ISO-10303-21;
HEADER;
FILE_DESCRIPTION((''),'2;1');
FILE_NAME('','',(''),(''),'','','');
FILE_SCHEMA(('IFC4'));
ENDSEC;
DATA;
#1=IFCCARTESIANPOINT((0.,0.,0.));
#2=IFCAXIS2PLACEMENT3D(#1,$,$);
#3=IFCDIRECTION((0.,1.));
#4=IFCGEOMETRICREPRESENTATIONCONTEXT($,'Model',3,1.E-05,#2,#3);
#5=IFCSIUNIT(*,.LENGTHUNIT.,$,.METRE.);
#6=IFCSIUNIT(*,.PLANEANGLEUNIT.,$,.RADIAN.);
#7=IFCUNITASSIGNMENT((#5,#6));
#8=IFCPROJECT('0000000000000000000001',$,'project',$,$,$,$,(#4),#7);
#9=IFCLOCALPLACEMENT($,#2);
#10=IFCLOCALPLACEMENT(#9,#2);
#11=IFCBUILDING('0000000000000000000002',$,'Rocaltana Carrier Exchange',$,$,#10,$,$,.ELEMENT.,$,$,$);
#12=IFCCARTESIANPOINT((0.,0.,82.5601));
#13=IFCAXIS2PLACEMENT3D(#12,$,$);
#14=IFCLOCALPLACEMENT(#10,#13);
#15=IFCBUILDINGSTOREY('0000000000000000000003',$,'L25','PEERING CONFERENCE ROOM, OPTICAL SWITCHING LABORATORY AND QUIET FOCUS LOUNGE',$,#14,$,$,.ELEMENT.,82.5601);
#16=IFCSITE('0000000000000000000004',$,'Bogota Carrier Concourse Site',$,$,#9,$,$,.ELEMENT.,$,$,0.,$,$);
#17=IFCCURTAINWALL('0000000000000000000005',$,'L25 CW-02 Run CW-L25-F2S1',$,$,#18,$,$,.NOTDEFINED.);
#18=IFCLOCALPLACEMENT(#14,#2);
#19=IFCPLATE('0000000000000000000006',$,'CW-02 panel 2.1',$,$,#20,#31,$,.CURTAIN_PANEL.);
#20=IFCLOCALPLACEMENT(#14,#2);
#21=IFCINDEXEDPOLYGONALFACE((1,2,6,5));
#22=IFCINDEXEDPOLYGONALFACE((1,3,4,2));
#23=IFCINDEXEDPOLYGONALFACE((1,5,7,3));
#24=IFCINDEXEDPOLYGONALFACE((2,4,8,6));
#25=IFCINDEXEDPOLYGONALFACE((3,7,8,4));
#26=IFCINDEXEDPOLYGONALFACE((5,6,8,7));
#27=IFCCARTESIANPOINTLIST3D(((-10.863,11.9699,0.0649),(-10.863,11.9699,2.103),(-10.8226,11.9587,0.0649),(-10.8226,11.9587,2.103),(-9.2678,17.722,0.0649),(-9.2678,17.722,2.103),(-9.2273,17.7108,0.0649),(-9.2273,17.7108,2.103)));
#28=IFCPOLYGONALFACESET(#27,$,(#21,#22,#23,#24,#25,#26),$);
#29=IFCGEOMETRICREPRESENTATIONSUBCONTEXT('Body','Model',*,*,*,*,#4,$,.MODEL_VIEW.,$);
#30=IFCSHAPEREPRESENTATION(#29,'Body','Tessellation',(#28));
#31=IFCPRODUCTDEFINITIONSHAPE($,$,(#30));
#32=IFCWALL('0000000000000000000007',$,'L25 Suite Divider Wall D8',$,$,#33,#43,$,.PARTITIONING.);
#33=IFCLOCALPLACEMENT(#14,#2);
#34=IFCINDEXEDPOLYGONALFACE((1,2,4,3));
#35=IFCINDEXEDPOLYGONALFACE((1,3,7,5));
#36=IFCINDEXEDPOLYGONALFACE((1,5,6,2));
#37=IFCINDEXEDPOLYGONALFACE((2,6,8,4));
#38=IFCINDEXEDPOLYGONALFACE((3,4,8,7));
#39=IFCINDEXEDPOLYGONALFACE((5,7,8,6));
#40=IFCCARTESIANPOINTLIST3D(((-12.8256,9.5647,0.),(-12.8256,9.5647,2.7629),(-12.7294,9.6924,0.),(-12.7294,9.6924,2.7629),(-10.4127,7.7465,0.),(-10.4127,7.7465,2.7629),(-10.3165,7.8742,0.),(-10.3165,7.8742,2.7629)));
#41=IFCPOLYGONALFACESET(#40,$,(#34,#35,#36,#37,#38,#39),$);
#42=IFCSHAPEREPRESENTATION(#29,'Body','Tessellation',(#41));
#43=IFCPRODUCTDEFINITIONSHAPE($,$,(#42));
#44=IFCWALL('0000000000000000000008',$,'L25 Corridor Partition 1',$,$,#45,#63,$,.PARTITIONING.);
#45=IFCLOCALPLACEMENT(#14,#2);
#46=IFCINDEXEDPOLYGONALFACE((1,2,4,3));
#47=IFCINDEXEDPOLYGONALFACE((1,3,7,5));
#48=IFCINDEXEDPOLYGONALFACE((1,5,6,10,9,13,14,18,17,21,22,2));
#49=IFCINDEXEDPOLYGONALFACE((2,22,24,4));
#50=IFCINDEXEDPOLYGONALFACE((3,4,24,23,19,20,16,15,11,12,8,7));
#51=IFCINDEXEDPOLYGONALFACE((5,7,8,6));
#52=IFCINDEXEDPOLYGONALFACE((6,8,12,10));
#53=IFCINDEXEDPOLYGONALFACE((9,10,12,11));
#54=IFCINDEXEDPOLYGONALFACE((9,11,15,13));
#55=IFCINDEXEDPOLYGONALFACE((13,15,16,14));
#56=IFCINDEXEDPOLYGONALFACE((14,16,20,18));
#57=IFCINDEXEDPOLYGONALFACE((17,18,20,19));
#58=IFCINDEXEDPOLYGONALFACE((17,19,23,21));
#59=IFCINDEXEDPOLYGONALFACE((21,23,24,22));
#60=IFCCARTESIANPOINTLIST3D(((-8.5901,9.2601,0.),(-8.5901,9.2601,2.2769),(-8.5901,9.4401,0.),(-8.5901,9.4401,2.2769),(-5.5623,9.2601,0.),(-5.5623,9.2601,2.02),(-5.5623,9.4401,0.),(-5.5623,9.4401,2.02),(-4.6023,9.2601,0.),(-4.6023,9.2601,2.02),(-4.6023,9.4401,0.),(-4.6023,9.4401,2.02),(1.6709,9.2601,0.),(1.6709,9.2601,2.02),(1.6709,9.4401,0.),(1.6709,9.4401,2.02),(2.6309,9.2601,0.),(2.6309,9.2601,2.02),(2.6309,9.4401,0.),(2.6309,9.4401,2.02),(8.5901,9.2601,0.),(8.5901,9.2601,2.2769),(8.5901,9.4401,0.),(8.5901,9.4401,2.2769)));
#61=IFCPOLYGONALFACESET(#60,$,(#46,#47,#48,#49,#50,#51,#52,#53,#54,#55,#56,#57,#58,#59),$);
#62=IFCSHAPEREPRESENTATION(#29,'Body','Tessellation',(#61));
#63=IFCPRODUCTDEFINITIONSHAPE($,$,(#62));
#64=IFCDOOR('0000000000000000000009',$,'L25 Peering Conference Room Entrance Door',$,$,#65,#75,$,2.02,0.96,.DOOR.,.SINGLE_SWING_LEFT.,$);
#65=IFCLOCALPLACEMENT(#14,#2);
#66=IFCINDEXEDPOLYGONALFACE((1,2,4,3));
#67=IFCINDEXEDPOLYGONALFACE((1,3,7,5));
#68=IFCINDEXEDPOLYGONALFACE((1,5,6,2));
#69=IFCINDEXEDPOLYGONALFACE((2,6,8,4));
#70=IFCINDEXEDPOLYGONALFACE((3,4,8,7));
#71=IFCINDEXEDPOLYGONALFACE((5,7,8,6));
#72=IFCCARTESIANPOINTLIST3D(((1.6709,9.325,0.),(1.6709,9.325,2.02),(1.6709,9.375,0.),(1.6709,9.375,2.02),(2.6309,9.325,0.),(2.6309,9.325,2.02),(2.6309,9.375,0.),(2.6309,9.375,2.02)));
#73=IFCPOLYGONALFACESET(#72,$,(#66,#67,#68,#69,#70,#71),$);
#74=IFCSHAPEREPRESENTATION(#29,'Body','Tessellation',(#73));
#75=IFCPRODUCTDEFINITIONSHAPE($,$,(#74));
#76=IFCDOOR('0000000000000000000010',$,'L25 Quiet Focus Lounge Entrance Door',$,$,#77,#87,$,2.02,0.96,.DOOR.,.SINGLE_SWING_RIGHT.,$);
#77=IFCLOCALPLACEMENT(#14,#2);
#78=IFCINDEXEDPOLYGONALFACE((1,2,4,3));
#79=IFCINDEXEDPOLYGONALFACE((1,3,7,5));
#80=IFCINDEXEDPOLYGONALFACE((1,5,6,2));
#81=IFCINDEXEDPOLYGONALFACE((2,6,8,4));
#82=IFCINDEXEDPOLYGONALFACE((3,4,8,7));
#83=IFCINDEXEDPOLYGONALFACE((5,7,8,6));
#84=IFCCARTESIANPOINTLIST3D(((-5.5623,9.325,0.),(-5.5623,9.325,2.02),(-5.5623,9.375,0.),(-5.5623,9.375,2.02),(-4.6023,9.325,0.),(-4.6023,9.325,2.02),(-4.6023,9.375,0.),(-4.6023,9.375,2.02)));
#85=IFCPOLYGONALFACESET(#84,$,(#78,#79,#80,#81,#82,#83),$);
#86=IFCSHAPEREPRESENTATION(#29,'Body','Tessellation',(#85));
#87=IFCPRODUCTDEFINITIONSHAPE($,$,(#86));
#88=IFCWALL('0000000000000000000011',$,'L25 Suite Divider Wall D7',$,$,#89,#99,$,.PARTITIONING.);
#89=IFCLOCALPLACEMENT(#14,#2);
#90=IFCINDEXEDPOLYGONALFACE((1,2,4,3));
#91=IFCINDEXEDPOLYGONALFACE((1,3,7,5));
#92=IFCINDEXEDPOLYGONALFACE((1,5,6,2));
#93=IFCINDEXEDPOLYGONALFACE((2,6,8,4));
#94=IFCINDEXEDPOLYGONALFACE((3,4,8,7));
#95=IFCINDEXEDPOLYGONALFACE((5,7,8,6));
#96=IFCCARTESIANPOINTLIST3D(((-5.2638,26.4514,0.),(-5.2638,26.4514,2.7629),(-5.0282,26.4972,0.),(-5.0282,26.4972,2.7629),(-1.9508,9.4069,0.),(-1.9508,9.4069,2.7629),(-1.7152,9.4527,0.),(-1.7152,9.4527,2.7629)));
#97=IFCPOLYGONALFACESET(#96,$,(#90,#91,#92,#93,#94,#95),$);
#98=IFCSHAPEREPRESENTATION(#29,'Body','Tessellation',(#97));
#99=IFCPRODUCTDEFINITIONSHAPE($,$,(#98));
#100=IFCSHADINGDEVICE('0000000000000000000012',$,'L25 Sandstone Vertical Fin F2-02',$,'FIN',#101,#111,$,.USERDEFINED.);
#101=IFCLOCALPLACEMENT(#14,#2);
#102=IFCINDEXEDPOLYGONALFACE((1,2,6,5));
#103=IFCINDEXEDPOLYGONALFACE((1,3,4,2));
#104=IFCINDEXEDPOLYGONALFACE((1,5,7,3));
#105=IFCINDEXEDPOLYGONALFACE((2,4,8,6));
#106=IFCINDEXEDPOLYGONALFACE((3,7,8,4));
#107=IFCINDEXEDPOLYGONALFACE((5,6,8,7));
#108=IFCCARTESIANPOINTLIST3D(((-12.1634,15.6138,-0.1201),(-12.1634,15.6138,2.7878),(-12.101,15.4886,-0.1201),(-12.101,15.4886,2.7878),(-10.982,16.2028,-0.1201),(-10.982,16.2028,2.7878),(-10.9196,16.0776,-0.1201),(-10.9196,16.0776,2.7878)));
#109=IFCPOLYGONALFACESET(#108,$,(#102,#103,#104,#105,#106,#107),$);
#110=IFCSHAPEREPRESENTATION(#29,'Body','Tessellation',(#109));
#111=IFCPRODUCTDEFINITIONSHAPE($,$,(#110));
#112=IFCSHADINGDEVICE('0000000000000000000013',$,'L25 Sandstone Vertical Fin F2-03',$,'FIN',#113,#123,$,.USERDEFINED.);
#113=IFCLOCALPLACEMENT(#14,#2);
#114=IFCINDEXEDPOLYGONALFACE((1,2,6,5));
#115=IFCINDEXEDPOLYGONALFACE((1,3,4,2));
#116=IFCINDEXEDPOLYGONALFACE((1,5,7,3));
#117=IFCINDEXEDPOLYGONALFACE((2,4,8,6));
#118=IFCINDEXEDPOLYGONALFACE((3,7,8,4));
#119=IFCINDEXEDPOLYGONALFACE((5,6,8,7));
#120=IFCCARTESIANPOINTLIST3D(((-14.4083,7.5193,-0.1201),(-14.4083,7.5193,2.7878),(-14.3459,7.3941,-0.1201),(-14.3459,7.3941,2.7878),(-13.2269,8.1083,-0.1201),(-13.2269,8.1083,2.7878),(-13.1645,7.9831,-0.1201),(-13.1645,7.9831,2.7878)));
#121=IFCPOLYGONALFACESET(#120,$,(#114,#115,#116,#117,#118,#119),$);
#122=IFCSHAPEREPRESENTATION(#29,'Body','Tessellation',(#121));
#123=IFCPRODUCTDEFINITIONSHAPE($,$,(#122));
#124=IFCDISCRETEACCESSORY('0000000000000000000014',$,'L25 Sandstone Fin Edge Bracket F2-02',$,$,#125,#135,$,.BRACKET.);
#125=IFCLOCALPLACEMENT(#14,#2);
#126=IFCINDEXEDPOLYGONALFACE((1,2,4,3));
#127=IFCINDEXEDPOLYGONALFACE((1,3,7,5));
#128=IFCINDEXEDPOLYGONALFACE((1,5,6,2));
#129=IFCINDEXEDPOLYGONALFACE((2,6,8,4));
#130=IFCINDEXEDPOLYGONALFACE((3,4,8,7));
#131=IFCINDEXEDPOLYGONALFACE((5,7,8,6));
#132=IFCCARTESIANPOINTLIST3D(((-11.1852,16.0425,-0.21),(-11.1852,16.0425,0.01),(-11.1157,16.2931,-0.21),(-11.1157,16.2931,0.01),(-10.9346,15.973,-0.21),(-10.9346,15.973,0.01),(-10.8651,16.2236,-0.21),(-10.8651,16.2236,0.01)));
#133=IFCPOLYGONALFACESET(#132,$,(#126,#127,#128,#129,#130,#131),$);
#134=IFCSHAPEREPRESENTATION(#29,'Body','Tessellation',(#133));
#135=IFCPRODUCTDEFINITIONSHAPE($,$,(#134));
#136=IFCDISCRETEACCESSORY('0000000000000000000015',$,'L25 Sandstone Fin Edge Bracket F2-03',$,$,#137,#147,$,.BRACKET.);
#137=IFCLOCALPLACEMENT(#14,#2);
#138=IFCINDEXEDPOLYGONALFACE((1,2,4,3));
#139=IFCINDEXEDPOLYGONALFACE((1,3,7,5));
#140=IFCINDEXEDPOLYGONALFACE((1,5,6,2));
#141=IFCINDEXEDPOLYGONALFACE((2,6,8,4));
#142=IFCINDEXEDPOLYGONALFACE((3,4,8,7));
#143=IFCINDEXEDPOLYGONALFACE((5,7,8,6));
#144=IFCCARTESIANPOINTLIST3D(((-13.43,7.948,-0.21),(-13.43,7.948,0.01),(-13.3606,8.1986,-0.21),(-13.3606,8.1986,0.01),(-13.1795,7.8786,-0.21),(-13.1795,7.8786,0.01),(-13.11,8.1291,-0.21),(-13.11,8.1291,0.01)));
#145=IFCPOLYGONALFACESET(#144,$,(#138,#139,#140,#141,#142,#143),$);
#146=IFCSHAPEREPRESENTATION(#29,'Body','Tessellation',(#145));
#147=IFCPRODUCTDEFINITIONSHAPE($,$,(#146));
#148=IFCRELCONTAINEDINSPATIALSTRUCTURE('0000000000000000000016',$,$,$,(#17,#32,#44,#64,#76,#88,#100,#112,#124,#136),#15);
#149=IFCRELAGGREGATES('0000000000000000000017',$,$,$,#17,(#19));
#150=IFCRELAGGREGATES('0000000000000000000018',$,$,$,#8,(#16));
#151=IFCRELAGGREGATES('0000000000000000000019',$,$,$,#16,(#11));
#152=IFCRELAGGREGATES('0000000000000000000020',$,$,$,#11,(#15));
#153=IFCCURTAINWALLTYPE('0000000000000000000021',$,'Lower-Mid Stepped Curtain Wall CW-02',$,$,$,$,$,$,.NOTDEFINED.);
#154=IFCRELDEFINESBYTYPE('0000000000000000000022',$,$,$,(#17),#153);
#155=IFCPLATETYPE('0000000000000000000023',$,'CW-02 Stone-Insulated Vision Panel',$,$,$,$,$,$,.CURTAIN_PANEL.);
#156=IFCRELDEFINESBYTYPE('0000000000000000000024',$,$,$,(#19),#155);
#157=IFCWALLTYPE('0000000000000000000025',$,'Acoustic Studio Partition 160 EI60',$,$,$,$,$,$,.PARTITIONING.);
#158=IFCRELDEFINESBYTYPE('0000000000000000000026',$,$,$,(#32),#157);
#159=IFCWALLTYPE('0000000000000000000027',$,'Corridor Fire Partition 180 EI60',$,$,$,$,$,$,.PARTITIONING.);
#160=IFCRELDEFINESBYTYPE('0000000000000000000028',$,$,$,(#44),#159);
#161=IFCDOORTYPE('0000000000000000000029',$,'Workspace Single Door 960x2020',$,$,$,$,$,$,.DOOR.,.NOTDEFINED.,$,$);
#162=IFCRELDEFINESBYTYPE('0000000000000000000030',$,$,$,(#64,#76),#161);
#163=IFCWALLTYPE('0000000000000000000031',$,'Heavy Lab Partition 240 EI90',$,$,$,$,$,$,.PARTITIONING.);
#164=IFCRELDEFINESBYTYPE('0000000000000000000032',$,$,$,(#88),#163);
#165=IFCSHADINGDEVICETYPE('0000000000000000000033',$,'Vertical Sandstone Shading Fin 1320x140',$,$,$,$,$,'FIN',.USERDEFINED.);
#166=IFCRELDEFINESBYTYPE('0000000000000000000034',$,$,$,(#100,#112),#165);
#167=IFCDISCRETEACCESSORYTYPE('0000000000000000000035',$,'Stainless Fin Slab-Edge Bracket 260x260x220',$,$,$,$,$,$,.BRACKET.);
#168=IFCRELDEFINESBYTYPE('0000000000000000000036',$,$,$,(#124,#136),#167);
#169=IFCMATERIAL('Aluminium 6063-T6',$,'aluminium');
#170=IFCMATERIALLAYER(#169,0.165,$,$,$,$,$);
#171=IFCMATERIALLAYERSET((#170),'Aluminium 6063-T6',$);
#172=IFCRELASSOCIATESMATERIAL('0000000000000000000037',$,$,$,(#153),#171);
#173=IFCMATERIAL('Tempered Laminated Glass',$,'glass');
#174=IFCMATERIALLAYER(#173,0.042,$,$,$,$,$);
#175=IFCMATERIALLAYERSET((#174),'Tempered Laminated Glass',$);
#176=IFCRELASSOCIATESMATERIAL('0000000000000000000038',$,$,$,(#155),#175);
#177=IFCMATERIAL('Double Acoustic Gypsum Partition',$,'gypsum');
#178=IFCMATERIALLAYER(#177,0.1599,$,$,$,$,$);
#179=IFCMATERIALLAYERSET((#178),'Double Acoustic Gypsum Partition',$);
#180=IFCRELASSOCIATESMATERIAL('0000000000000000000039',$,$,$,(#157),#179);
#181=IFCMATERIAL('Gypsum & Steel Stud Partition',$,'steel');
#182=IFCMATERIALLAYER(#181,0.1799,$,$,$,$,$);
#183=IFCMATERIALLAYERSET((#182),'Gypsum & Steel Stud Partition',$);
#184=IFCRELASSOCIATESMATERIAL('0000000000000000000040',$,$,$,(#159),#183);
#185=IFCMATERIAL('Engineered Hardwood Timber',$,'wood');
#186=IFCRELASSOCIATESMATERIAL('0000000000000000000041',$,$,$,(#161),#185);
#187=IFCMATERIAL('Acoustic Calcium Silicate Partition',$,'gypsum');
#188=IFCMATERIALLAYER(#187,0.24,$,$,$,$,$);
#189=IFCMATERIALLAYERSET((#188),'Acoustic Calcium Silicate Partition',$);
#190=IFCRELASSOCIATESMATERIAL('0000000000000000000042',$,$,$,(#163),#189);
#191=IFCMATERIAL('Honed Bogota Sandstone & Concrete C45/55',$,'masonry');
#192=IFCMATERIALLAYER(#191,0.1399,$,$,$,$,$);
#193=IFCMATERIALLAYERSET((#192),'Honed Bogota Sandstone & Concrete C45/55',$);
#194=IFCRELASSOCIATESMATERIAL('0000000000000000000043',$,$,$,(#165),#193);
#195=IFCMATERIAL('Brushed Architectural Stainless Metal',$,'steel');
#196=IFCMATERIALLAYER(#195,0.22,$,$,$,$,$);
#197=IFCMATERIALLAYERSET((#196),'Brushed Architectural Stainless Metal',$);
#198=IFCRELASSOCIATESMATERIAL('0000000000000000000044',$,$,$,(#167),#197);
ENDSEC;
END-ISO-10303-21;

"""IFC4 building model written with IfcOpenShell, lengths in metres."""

from ifc_helpers import new_model, si_unit, direction, frame, frame_2d, origin, origin_2d, place, context, subcontext, project, spatial, rectangle, extrude, material, layer, layer_set, type_object, element, fill, aggregate, save


model = new_model("IFC4")

# Units and contexts
model_context = context("Model", 3, precision=1e-05, world=origin(), true_north=direction((0.0, 1.0)))
body_context = subcontext(model_context, "Body", "Model", "MODEL_VIEW")
ifc_project = project(units=[si_unit("LENGTHUNIT", "METRE"), si_unit("PLANEANGLEUNIT", "RADIAN")], contexts=[model_context])

# Site, building, storey
site_placement = place(None, origin())
site = spatial("IfcSite", under=ifc_project, at=site_placement, Name="Bogota Carrier Concourse Site", CompositionType="ELEMENT", RefElevation=0.0)
building_placement = place(site_placement, origin())
building = spatial("IfcBuilding", under=site, at=building_placement, Name="Rocaltana Carrier Exchange", CompositionType="ELEMENT")
storey_placement = place(building_placement, frame((0.0, 0.0, 82.5601)))
storey = spatial("IfcBuildingStorey", under=building, at=storey_placement, Name="L25", Description="PEERING CONFERENCE ROOM, OPTICAL SWITCHING LABORATORY AND QUIET FOCUS LOUNGE", CompositionType="ELEMENT", Elevation=82.5601)

# Curtain wall
ifc_material_1 = material(Name="Aluminium 6063-T6", Category="aluminium")
ifc_layer_1 = layer(ifc_material_1, 0.165)
ifc_layer_set_1 = layer_set([ifc_layer_1], Name="Aluminium 6063-T6")
curtain_wall_type = type_object("IfcCurtainWallType", Name="Lower-Mid Stepped Curtain Wall CW-02", PredefinedType="NOTDEFINED", material=ifc_layer_set_1)
curtain_wall_1_placement = place(storey_placement, origin())
curtain_wall_1 = element("IfcCurtainWall", 1, at=curtain_wall_1_placement, inside=storey, type_object=curtain_wall_type, Name="L25 CW-02 Run CW-L25-F2S1", PredefinedType="NOTDEFINED")

# Plate
ifc_material_2 = material(Name="Tempered Laminated Glass", Category="glass")
ifc_layer_2 = layer(ifc_material_2, 0.042)
ifc_layer_set_2 = layer_set([ifc_layer_2], Name="Tempered Laminated Glass")
plate_type = type_object("IfcPlateType", Name="CW-02 Stone-Insulated Vision Panel", PredefinedType="CURTAIN_PANEL", material=ifc_layer_set_2)
plate_placement = place(storey_placement, frame((-10.0452, 14.8403, 0.0649), z_axis=(0.0, 0.0, 1.0), x_axis=(-0.267246, -0.963628, 0.0)))
plate = element("IfcPlate", 2, at=plate_placement, type_object=plate_type, Name="CW-02 panel 2.1", PredefinedType="CURTAIN_PANEL", context=body_context, shape_type="SweptSolid", body=[
    extrude(rectangle(XDim=5.9692, YDim=0.042, at=origin_2d()), origin(), (0.0, 0.0, 1.0), 2.0381),
])
aggregate(curtain_wall_1, [plate])

# Wall
ifc_material_3 = material(Name="Double Acoustic Gypsum Partition", Category="gypsum")
ifc_layer_3 = layer(ifc_material_3, 0.1599)
ifc_layer_set_3 = layer_set([ifc_layer_3], Name="Double Acoustic Gypsum Partition")
wall_type_1 = type_object("IfcWallType", Name="Acoustic Studio Partition 160 EI60", PredefinedType="PARTITIONING", material=ifc_layer_set_3)
wall_1_placement = place(storey_placement, frame((-10.3645, 7.8103, 0.0), z_axis=(0.0, 0.0, 1.0), x_axis=(-0.79865, 0.601796, 0.0)))
element("IfcWall", 3, at=wall_1_placement, inside=storey, type_object=wall_type_1, Name="L25 Suite Divider Wall D8", PredefinedType="PARTITIONING", context=body_context, shape_type="SweptSolid", body=[
    extrude(rectangle(XDim=3.0212, YDim=0.1599, at=frame_2d((1.5107, 0.0))), origin(), (0.0, 0.0, 1.0), 2.7629),
])

# Wall, openings, doors
ifc_material_4 = material(Name="Gypsum & Steel Stud Partition", Category="steel")
ifc_layer_4 = layer(ifc_material_4, 0.1799)
ifc_layer_set_4 = layer_set([ifc_layer_4], Name="Gypsum & Steel Stud Partition")
wall_type_2 = type_object("IfcWallType", Name="Corridor Fire Partition 180 EI60", PredefinedType="PARTITIONING", material=ifc_layer_set_4)
wall_2_placement = place(storey_placement, frame((-8.5901, 9.3501, 0.0), z_axis=(0.0, 0.0, 1.0), x_axis=(1.0, 0.0, 0.0)))
wall_2 = element("IfcWall", 4, at=wall_2_placement, inside=storey, type_object=wall_type_2, Name="L25 Corridor Partition 1", PredefinedType="PARTITIONING", context=body_context, shape_type="SweptSolid", body=[
    extrude(rectangle(XDim=17.1802, YDim=0.1799, at=frame_2d((8.5901, 0.0))), origin(), (0.0, 0.0, 1.0), 2.2769),
])
opening_1_placement = place(wall_2_placement, frame((10.261, 0.0, 0.0)))
opening_1 = element("IfcOpeningElement", 5, at=opening_1_placement, cuts=wall_2, PredefinedType="OPENING", context=body_context, shape_type="SweptSolid", body=[
    extrude(rectangle(XDim=0.96, YDim=2.02, at=frame_2d((0.48, 1.01))), frame((0.0, 0.0999, 0.0), z_axis=(0.0, -1.0, 0.0), x_axis=(1.0, 0.0, 0.0)), (0.0, 0.0, 1.0), 0.2),
])
opening_2_placement = place(wall_2_placement, frame((3.0278, 0.0, 0.0)))
opening_2 = element("IfcOpeningElement", 6, at=opening_2_placement, cuts=wall_2, PredefinedType="OPENING", context=body_context, shape_type="SweptSolid", body=[
    extrude(rectangle(XDim=0.96, YDim=2.02, at=frame_2d((0.48, 1.01))), frame((0.0, 0.0999, 0.0), z_axis=(0.0, -1.0, 0.0), x_axis=(1.0, 0.0, 0.0)), (0.0, 0.0, 1.0), 0.2),
])
ifc_material_5 = material(Name="Engineered Hardwood Timber", Category="wood")
door_type = type_object("IfcDoorType", Name="Workspace Single Door 960x2020", OperationType="NOTDEFINED", PredefinedType="DOOR", material=ifc_material_5)
door_1_placement = place(opening_1_placement, origin())
door_1 = element("IfcDoor", 7, at=door_1_placement, inside=storey, type_object=door_type, Name="L25 Peering Conference Room Entrance Door", OperationType="SINGLE_SWING_LEFT", OverallHeight=2.02, OverallWidth=0.96, PredefinedType="DOOR", context=body_context, shape_type="SweptSolid", body=[
    extrude(rectangle(XDim=0.96, YDim=2.02, at=frame_2d((0.48, 1.01))), frame((0.0, 0.0249, 0.0), z_axis=(0.0, -1.0, 0.0), x_axis=(1.0, 0.0, 0.0)), (0.0, 0.0, 1.0), 0.05),
])
fill(opening_1, door_1)
door_2_placement = place(opening_2_placement, origin())
door_2 = element("IfcDoor", 8, at=door_2_placement, inside=storey, type_object=door_type, Name="L25 Quiet Focus Lounge Entrance Door", OperationType="SINGLE_SWING_RIGHT", OverallHeight=2.02, OverallWidth=0.96, PredefinedType="DOOR", context=body_context, shape_type="SweptSolid", body=[
    extrude(rectangle(XDim=0.96, YDim=2.02, at=frame_2d((0.48, 1.01))), frame((0.0, 0.0249, 0.0), z_axis=(0.0, -1.0, 0.0), x_axis=(1.0, 0.0, 0.0)), (0.0, 0.0, 1.0), 0.05),
])
fill(opening_2, door_2)

# Wall
ifc_material_6 = material(Name="Acoustic Calcium Silicate Partition", Category="gypsum")
ifc_layer_5 = layer(ifc_material_6, 0.24)
ifc_layer_set_5 = layer_set([ifc_layer_5], Name="Acoustic Calcium Silicate Partition")
wall_type_3 = type_object("IfcWallType", Name="Heavy Lab Partition 240 EI90", PredefinedType="PARTITIONING", material=ifc_layer_set_5)
wall_3_placement = place(storey_placement, frame((-1.833, 9.4299, 0.0), z_axis=(0.0, 0.0, 1.0), x_axis=(-0.190803, 0.981628, 0.0)))
element("IfcWall", 9, at=wall_3_placement, inside=storey, type_object=wall_type_3, Name="L25 Suite Divider Wall D7", PredefinedType="PARTITIONING", context=body_context, shape_type="SweptSolid", body=[
    extrude(rectangle(XDim=17.3635, YDim=0.24, at=frame_2d((8.6816, 0.0))), origin(), (0.0, 0.0, 1.0), 2.7629),
])

# Shading devices
ifc_material_7 = material(Name="Honed Bogota Sandstone & Concrete C45/55", Category="masonry")
ifc_layer_6 = layer(ifc_material_7, 0.1399)
ifc_layer_set_6 = layer_set([ifc_layer_6], Name="Honed Bogota Sandstone & Concrete C45/55")
shading_device_type = type_object("IfcShadingDeviceType", Name="Vertical Sandstone Shading Fin 1320x140", ElementType="FIN", PredefinedType="USERDEFINED", material=ifc_layer_set_6)
for number, where, z_axis, x_axis, name in (
    (10, (-11.5415, 15.8457, -0.1201), (0.0, 0.0, 1.0), (-0.894934, -0.446198, 0.0), "L25 Sandstone Vertical Fin F2-02"),
    (11, (-13.7864, 7.7512, -0.1201), (0.0, 0.0, 1.0), (-0.894934, -0.446198, 0.0), "L25 Sandstone Vertical Fin F2-03"),
):
    element("IfcShadingDevice", number, at=place(storey_placement, frame(where, z_axis=z_axis, x_axis=x_axis)), inside=storey, type_object=shading_device_type, Name=name, ObjectType="FIN", PredefinedType="USERDEFINED", context=body_context, shape_type="SweptSolid", body=[
        extrude(rectangle(XDim=1.3201, YDim=0.1399, at=origin_2d()), origin(), (0.0, 0.0, 1.0), 2.908),
    ])

# Discrete accessories
ifc_material_8 = material(Name="Brushed Architectural Stainless Metal", Category="steel")
ifc_layer_7 = layer(ifc_material_8, 0.22)
ifc_layer_set_7 = layer_set([ifc_layer_7], Name="Brushed Architectural Stainless Metal")
discrete_accessory_type = type_object("IfcDiscreteAccessoryType", Name="Stainless Fin Slab-Edge Bracket 260x260x220", PredefinedType="BRACKET", material=ifc_layer_set_7)
for number, where, z_axis, x_axis, name in (
    (12, (-11.0251, 16.1331, -0.21), (0.0, 0.0, 1.0), (-0.267238, -0.96363, 0.0), "L25 Sandstone Fin Edge Bracket F2-02"),
    (13, (-13.27, 8.0386, -0.21), (0.0, 0.0, 1.0), (-0.267238, -0.96363, 0.0), "L25 Sandstone Fin Edge Bracket F2-03"),
):
    element("IfcDiscreteAccessory", number, at=place(storey_placement, frame(where, z_axis=z_axis, x_axis=x_axis)), inside=storey, type_object=discrete_accessory_type, Name=name, PredefinedType="BRACKET", context=body_context, shape_type="SweptSolid", body=[
        extrude(rectangle(XDim=0.26, YDim=0.26, at=origin_2d()), origin(), (0.0, 0.0, 1.0), 0.22),
    ])

save(model, "model.ifc")
